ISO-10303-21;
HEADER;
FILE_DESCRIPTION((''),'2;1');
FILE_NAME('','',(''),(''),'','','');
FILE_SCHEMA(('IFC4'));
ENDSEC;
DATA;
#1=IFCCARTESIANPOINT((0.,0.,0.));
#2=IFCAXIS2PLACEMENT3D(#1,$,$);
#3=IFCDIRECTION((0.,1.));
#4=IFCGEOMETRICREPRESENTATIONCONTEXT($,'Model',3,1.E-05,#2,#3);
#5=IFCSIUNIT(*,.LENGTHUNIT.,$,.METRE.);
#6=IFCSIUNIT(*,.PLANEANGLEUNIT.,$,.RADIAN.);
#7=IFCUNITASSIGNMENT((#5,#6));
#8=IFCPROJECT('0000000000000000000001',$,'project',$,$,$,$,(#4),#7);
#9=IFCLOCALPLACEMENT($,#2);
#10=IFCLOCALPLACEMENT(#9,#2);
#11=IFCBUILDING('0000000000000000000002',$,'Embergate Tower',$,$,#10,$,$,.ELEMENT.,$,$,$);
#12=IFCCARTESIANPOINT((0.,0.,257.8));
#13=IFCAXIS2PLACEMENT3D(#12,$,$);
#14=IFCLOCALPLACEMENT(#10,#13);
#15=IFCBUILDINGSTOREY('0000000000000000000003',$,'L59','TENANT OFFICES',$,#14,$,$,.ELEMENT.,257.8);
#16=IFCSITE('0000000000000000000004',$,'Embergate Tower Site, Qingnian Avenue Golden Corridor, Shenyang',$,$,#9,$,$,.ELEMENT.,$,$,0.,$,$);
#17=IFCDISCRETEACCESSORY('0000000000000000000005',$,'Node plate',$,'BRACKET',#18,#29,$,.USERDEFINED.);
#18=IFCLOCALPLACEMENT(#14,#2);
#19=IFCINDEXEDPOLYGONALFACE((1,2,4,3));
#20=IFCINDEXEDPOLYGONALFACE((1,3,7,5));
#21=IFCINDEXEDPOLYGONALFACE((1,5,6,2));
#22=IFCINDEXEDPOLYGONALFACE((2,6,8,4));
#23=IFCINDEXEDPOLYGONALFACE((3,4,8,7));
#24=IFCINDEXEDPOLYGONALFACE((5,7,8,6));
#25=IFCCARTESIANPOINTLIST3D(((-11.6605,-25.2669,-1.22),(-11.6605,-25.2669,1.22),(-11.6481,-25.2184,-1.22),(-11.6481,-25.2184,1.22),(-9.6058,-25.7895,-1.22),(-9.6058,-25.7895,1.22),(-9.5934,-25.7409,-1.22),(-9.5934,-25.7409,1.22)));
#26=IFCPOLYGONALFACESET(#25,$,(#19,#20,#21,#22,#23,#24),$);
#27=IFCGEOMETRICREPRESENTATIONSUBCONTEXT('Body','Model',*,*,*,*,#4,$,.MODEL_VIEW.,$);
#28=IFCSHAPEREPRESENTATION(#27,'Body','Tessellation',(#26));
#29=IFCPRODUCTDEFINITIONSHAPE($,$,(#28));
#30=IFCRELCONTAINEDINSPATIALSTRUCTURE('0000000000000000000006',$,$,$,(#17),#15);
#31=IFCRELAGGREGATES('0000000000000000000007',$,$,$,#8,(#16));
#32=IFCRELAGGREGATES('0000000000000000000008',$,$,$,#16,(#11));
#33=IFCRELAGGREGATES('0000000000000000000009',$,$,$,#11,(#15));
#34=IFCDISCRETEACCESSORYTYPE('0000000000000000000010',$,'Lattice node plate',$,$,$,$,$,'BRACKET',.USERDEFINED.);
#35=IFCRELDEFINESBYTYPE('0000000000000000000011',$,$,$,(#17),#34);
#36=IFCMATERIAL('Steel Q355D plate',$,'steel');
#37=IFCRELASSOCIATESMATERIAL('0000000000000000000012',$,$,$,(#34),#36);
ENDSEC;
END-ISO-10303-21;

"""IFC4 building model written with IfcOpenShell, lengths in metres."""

from ifc_helpers import new_model, si_unit, direction, frame, origin, origin_2d, place, context, subcontext, project, spatial, rectangle, extrude, source, transform, mapped, material, type_object, element, save


model = new_model("IFC4")

# Units and contexts
model_context = context("Model", 3, precision=1e-05, world=origin(), true_north=direction((0.0, 1.0)))
body_context = subcontext(model_context, "Body", "Model", "MODEL_VIEW")
ifc_project = project(units=[si_unit("LENGTHUNIT", "METRE"), si_unit("PLANEANGLEUNIT", "RADIAN")], contexts=[model_context])

# Site, building, storey
site_placement = place(None, origin())
site = spatial("IfcSite", under=ifc_project, at=site_placement, Name="Embergate Tower Site, Qingnian Avenue Golden Corridor, Shenyang", CompositionType="ELEMENT", RefElevation=0.0)
building_placement = place(site_placement, origin())
building = spatial("IfcBuilding", under=site, at=building_placement, Name="Embergate Tower", CompositionType="ELEMENT")
storey_placement = place(building_placement, frame((0.0, 0.0, 257.8)))
storey = spatial("IfcBuildingStorey", under=building, at=storey_placement, Name="L59", Description="TENANT OFFICES", CompositionType="ELEMENT", Elevation=257.8)

# Discrete accessory
ifc_material_1 = material(Name="Steel Q355D plate", Category="steel")
discrete_accessory_type = type_object("IfcDiscreteAccessoryType", Name="Lattice node plate", ElementType="BRACKET", PredefinedType="USERDEFINED", material=ifc_material_1)
shared_shape_1 = source(origin(), body_context, "Body", "SweptSolid", [
    extrude(rectangle(XDim=2.1201, YDim=0.05, at=origin_2d()), origin(), (0.0, 0.0, 1.0), 2.4399),
])
discrete_accessory_placement = place(storey_placement, frame((-10.627, -25.5039, -1.22), z_axis=(0.0, 0.0, 1.0), x_axis=(0.969145, -0.246492, 0.0)))
element("IfcDiscreteAccessory", 1, at=discrete_accessory_placement, inside=storey, type_object=discrete_accessory_type, Name="Node plate", ObjectType="BRACKET", PredefinedType="USERDEFINED", context=body_context, shape_type="MappedRepresentation", body=[
    mapped(shared_shape_1, transform((0.0, 0.0, 0.0))),
])

save(model, "model.ifc")
